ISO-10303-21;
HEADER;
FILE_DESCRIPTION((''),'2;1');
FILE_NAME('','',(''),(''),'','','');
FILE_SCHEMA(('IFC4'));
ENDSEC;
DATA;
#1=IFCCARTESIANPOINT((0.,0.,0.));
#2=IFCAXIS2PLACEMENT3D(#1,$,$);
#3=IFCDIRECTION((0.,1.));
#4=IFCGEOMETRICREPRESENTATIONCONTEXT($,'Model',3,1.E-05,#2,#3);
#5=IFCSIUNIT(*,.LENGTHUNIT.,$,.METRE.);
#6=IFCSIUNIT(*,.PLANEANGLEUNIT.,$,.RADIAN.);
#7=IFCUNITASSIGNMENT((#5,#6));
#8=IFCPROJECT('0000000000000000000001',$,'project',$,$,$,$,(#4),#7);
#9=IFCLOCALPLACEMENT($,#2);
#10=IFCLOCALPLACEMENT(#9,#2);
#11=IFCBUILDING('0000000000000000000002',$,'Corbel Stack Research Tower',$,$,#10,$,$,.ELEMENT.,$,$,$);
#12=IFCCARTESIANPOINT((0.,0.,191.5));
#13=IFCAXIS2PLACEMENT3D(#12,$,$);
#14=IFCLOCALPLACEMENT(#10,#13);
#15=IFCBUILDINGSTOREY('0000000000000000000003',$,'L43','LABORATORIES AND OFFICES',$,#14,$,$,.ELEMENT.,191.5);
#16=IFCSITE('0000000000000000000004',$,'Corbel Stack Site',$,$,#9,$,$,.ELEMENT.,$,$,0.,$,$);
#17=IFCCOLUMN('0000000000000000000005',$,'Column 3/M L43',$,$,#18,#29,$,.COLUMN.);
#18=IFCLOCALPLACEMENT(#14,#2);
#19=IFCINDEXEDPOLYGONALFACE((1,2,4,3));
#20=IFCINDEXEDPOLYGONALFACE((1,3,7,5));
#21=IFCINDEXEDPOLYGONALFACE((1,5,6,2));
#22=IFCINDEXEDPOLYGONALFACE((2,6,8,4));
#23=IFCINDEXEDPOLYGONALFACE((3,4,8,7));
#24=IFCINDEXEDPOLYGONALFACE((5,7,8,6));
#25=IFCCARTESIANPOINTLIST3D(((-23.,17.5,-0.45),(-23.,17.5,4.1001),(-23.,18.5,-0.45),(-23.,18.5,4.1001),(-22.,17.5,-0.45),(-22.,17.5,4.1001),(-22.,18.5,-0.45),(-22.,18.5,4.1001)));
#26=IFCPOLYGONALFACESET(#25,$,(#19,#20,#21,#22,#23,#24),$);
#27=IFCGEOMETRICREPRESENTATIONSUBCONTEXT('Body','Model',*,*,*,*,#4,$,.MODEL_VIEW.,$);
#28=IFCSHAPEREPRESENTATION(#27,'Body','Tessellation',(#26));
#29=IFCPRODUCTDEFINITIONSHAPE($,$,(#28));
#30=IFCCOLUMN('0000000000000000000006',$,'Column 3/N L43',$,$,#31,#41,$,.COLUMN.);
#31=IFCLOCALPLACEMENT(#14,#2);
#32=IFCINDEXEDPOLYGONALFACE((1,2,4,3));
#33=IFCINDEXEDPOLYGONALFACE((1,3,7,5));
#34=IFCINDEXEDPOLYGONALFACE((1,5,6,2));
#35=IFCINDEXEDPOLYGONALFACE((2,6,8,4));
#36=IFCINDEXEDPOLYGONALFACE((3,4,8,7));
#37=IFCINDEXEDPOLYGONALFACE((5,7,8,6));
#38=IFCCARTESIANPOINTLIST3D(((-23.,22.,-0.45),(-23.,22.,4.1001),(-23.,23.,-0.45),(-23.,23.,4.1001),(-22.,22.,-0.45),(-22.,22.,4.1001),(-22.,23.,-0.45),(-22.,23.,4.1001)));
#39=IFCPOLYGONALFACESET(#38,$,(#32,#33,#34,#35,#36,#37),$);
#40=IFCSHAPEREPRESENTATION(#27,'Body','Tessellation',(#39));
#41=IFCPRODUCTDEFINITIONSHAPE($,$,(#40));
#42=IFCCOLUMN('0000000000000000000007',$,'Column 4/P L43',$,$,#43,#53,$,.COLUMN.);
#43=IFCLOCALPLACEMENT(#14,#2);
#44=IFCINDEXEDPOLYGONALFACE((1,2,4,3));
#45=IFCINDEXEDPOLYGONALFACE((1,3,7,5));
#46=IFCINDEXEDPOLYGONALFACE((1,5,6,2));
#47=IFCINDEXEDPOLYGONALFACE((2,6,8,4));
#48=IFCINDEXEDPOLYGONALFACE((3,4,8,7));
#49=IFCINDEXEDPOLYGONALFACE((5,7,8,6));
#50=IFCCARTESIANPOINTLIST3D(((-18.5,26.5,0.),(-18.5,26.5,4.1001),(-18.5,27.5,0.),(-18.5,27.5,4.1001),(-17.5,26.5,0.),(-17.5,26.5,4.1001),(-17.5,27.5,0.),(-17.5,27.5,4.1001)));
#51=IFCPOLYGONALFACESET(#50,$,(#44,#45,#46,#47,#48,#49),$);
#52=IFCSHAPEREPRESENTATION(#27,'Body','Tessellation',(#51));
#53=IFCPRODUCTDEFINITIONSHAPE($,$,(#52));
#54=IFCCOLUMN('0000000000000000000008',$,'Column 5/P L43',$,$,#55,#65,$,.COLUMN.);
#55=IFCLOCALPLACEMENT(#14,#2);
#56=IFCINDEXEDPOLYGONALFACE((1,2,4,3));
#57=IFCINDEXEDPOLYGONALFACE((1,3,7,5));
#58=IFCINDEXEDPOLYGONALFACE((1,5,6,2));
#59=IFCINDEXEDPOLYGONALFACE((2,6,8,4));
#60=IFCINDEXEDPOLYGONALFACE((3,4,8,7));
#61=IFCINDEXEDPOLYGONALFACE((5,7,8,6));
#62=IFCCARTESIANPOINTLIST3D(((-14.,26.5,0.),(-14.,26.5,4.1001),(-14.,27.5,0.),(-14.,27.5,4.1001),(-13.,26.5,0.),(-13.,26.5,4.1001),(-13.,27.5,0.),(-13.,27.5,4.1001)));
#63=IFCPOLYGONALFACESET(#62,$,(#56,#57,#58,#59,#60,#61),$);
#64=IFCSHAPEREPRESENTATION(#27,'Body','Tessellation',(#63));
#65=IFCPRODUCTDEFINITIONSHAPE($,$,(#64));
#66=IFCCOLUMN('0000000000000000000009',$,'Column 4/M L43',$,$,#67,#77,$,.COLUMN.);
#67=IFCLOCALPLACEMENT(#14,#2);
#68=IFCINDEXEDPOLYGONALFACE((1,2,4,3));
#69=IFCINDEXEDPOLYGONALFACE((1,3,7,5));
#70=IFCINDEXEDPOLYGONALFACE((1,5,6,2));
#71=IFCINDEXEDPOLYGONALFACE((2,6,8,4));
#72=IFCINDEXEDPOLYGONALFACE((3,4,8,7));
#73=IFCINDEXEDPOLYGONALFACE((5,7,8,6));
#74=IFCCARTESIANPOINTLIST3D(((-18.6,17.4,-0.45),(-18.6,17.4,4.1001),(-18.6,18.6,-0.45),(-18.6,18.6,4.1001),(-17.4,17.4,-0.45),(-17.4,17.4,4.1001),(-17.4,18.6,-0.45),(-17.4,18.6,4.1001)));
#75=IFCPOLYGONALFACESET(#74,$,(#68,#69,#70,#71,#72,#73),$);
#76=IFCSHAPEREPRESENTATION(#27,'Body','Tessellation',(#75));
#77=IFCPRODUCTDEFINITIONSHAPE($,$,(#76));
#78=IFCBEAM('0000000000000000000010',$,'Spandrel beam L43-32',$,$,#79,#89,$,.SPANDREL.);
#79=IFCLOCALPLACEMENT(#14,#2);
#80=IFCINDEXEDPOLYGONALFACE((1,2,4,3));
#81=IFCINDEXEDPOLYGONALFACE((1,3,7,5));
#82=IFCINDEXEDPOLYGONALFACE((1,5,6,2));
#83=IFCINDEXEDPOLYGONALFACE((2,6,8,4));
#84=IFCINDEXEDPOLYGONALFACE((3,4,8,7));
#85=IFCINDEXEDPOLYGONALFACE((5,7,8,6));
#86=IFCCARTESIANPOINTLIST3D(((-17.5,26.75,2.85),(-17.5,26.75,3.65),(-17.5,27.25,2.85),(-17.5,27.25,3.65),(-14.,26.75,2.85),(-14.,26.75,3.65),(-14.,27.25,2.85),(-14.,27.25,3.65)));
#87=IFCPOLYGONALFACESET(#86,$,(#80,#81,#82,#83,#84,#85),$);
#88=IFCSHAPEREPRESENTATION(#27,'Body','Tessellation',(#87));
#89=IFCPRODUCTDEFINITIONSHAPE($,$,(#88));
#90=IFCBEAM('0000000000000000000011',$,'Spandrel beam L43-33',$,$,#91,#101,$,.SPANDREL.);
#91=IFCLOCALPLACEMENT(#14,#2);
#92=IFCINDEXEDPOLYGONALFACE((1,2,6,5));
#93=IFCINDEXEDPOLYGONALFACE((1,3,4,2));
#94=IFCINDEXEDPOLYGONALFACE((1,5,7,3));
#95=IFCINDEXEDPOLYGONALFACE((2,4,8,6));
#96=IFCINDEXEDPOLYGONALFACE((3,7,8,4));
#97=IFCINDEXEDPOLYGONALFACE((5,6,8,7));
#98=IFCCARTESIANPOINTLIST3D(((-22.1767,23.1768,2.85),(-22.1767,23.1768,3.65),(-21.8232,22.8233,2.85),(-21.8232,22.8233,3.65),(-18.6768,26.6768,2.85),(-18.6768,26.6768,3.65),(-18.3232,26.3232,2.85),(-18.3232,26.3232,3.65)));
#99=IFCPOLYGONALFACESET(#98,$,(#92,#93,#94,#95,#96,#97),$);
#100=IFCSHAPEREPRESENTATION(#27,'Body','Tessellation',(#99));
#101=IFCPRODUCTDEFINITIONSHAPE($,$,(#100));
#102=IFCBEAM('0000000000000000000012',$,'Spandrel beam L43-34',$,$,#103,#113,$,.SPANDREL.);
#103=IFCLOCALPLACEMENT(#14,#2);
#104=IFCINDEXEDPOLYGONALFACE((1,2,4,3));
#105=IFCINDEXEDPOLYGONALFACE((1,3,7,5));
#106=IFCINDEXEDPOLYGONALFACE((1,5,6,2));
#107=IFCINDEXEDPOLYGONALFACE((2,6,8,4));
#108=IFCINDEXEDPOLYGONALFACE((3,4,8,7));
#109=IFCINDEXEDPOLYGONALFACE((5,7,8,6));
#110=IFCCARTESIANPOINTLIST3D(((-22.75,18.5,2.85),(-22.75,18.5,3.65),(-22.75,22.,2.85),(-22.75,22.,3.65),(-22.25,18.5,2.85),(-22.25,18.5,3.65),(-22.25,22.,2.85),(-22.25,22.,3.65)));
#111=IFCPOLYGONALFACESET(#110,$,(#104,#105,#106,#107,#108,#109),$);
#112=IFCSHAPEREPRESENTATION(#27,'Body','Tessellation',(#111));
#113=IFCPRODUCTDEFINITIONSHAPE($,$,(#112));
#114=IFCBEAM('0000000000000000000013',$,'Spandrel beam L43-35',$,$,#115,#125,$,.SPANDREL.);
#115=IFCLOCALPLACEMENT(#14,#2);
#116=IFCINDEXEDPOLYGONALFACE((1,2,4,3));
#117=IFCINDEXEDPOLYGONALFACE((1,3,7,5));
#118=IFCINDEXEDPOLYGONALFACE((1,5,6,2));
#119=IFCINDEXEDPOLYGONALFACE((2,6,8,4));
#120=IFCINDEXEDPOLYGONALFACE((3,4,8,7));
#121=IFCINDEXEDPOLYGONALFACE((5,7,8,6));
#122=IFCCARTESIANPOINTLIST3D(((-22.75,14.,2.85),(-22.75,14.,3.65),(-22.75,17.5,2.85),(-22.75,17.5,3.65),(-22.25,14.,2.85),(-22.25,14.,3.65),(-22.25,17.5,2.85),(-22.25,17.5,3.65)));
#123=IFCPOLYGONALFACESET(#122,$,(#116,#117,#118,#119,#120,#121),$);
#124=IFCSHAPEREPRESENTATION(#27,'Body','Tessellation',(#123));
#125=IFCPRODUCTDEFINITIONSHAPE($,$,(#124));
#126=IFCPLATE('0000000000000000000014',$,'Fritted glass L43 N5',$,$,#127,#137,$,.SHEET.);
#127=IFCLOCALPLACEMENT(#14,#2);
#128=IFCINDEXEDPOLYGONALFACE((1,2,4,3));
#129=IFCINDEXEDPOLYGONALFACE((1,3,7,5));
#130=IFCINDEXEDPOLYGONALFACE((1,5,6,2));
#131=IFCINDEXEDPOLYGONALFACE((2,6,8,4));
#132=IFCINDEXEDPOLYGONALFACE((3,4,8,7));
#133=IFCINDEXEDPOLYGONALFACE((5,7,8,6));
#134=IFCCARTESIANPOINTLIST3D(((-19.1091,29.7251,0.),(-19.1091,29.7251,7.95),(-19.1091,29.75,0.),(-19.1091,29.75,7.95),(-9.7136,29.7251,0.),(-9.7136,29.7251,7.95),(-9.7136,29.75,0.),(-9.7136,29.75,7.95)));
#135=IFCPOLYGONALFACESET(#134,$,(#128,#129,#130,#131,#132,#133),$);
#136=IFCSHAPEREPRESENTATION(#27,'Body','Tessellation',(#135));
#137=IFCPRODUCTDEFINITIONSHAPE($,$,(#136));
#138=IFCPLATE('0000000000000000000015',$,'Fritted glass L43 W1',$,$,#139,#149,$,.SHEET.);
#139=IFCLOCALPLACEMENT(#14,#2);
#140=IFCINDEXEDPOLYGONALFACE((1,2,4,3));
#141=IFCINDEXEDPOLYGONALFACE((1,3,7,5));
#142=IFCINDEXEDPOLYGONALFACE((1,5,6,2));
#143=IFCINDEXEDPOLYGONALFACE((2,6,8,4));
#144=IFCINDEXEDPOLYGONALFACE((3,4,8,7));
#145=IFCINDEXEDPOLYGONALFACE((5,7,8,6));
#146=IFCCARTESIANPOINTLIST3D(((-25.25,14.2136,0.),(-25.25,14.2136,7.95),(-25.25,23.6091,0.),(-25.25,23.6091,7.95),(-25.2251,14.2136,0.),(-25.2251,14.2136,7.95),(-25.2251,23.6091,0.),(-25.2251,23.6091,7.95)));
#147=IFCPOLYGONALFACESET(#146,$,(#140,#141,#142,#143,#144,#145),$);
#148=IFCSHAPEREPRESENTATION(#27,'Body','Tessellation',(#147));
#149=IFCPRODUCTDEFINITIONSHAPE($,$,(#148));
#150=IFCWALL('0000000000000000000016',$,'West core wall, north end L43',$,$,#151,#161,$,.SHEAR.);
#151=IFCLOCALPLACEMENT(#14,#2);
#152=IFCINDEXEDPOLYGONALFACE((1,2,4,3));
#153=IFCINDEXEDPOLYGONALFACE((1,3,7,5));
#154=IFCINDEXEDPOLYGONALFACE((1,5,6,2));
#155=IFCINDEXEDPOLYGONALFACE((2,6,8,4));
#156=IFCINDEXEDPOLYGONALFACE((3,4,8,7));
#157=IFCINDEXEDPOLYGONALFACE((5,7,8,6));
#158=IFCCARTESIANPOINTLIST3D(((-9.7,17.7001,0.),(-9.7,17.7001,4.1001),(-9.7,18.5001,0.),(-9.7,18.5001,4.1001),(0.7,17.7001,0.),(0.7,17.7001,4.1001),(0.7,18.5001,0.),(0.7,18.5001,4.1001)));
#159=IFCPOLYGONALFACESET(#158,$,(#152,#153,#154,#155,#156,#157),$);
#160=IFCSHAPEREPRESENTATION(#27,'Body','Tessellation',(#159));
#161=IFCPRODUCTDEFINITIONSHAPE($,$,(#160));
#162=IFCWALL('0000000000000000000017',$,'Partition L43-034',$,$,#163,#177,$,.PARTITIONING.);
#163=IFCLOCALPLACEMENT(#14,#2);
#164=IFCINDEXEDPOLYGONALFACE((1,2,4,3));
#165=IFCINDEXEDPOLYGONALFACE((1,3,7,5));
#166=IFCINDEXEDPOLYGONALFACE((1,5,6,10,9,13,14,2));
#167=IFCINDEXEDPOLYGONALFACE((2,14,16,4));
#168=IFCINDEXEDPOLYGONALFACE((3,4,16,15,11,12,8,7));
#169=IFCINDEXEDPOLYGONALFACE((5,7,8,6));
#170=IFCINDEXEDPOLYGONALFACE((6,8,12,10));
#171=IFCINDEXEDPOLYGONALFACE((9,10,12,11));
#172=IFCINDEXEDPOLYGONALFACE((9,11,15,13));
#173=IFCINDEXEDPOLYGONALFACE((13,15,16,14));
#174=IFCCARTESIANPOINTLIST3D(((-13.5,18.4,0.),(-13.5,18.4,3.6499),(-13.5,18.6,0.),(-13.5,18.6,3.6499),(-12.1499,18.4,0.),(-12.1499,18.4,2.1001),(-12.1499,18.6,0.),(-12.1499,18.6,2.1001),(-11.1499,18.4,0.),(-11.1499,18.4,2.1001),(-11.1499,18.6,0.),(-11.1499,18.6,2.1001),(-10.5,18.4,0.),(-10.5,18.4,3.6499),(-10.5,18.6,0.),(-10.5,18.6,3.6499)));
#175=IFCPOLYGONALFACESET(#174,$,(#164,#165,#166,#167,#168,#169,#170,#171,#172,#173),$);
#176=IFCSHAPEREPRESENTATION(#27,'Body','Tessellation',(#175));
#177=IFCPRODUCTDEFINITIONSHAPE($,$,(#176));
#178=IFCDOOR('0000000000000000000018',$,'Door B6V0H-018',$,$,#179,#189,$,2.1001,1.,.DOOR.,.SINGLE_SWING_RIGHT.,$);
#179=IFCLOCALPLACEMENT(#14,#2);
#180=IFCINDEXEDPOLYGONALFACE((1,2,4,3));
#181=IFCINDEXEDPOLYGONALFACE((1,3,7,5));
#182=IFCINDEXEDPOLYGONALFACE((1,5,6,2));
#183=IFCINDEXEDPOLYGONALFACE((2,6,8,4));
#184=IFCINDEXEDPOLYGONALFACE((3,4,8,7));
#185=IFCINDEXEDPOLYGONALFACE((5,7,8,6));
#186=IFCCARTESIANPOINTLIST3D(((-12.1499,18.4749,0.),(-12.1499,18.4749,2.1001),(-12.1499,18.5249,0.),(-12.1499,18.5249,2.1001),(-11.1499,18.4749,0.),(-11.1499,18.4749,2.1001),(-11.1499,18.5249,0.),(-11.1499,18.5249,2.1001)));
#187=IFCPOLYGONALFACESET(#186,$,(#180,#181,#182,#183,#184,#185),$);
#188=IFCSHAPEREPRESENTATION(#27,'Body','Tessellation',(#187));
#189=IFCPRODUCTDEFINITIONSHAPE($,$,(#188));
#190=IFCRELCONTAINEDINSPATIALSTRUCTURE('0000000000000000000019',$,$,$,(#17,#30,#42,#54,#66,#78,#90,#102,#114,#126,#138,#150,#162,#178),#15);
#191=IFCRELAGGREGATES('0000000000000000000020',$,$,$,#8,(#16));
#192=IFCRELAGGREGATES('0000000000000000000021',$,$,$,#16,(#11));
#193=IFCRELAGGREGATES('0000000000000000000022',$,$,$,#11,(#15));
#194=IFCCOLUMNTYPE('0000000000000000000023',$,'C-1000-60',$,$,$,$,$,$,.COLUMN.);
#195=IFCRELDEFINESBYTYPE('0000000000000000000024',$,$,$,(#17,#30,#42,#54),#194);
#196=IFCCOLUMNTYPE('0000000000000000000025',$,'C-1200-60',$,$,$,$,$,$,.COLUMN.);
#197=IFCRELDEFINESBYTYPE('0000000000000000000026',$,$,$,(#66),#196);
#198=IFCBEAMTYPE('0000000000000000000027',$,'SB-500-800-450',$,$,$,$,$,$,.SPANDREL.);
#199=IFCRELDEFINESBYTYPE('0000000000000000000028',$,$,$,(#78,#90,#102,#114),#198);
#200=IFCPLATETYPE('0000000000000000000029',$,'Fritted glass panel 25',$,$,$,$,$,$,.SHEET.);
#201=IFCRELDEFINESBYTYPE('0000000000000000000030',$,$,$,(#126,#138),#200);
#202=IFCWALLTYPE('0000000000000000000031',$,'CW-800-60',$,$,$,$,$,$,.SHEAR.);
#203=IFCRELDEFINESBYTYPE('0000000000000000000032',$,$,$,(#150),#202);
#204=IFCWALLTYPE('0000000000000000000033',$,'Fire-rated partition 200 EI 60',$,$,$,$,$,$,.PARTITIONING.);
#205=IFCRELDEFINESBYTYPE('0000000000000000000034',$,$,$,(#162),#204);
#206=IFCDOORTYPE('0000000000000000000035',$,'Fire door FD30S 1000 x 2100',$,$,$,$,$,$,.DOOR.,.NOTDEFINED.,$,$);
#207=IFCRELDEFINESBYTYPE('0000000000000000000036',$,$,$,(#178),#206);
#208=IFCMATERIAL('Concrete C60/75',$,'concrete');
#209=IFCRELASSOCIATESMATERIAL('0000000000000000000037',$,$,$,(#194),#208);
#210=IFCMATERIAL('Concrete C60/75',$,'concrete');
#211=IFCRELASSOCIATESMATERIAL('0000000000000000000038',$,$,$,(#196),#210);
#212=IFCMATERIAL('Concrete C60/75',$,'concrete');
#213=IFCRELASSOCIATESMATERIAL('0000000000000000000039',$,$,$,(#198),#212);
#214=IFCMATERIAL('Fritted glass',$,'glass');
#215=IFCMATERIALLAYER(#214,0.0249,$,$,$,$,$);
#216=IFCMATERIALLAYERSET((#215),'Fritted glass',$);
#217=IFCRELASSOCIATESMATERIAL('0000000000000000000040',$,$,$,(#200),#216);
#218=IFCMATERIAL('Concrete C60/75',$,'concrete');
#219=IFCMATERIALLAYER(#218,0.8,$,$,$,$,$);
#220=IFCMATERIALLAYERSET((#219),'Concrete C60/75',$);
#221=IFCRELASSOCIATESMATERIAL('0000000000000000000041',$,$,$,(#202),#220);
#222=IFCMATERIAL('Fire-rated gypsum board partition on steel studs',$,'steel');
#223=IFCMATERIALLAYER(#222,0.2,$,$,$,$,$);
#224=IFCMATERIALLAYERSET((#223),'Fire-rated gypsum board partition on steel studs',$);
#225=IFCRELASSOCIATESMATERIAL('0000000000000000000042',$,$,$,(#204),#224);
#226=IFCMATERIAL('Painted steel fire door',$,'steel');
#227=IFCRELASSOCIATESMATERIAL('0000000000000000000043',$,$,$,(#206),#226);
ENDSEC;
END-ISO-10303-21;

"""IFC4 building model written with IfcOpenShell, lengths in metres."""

from ifc_helpers import new_model, si_unit, direction, frame, frame_2d, origin, origin_2d, place, context, subcontext, project, spatial, rectangle, extrude, material, layer, layer_set, material_profile, profile_set, type_object, element, fill, save


model = new_model("IFC4")

# Units and contexts
model_context = context("Model", 3, precision=1e-05, world=origin(), true_north=direction((0.0, 1.0)))
body_context = subcontext(model_context, "Body", "Model", "MODEL_VIEW")
ifc_project = project(units=[si_unit("LENGTHUNIT", "METRE"), si_unit("PLANEANGLEUNIT", "RADIAN")], contexts=[model_context])

# Site, building, storey
site_placement = place(None, origin())
site = spatial("IfcSite", under=ifc_project, at=site_placement, Name="Corbel Stack Site", CompositionType="ELEMENT", RefElevation=0.0)
building_placement = place(site_placement, origin())
building = spatial("IfcBuilding", under=site, at=building_placement, Name="Corbel Stack Research Tower", CompositionType="ELEMENT")
storey_placement = place(building_placement, frame((0.0, 0.0, 191.5)))
storey = spatial("IfcBuildingStorey", under=building, at=storey_placement, Name="L43", Description="LABORATORIES AND OFFICES", CompositionType="ELEMENT", Elevation=191.5)

# Columns
ifc_material_1 = material(Name="Concrete C60/75", Category="concrete")
ifc_material_profile_1 = material_profile(ifc_material_1, rectangle(XDim=1.0, YDim=1.0, at=origin_2d()), Name="RC 1000 x 1000")
ifc_profile_set_1 = profile_set([ifc_material_profile_1], Name="Concrete C60/75")
column_type_1 = type_object("IfcColumnType", Name="C-1000-60", PredefinedType="COLUMN", material=ifc_profile_set_1)
for number, where, z_axis, x_axis, name in (
    (1, (-22.5, 18.0, -0.45), (0.0, 0.0, 1.0), (1.0, 0.0, 0.0), "Column 3/M L43"),
    (2, (-22.5, 22.5, -0.45), (0.0, 0.0, 1.0), (1.0, 0.0, 0.0), "Column 3/N L43"),
):
    element("IfcColumn", number, at=place(storey_placement, frame(where, z_axis=z_axis, x_axis=x_axis)), inside=storey, type_object=column_type_1, Name=name, PredefinedType="COLUMN", context=body_context, shape_type="SweptSolid", body=[
        extrude(rectangle(XDim=1.0, YDim=1.0, at=origin_2d()), origin(), (0.0, 0.0, 1.0), 4.55),
    ])
for number, where, z_axis, x_axis, name in (
    (3, (-18.0, 27.0, 0.0), (0.0, 0.0, 1.0), (1.0, 0.0, 0.0), "Column 4/P L43"),
    (4, (-13.5, 27.0, 0.0), (0.0, 0.0, 1.0), (1.0, 0.0, 0.0), "Column 5/P L43"),
):
    element("IfcColumn", number, at=place(storey_placement, frame(where, z_axis=z_axis, x_axis=x_axis)), inside=storey, type_object=column_type_1, Name=name, PredefinedType="COLUMN", context=body_context, shape_type="SweptSolid", body=[
        extrude(rectangle(XDim=1.0, YDim=1.0, at=origin_2d()), origin(), (0.0, 0.0, 1.0), 4.1001),
    ])
ifc_material_2 = material(Name="Concrete C60/75", Category="concrete")
ifc_material_profile_2 = material_profile(ifc_material_2, rectangle(XDim=1.2, YDim=1.2, at=origin_2d()), Name="RC 1200 x 1200")
ifc_profile_set_2 = profile_set([ifc_material_profile_2], Name="Concrete C60/75")
column_type_2 = type_object("IfcColumnType", Name="C-1200-60", PredefinedType="COLUMN", material=ifc_profile_set_2)
column_placement = place(storey_placement, frame((-18.0, 18.0, -0.45), z_axis=(0.0, 0.0, 1.0), x_axis=(1.0, 0.0, 0.0)))
element("IfcColumn", 5, at=column_placement, inside=storey, type_object=column_type_2, Name="Column 4/M L43", PredefinedType="COLUMN", context=body_context, shape_type="SweptSolid", body=[
    extrude(rectangle(XDim=1.2, YDim=1.2, at=origin_2d()), origin(), (0.0, 0.0, 1.0), 4.55),
])

# Beams
ifc_material_3 = material(Name="Concrete C60/75", Category="concrete")
ifc_material_profile_3 = material_profile(ifc_material_3, rectangle(XDim=0.5, YDim=0.8, at=origin_2d()), Name="RC 500 x 800")
ifc_profile_set_3 = profile_set([ifc_material_profile_3], Name="Concrete C60/75")
beam_type = type_object("IfcBeamType", Name="SB-500-800-450", PredefinedType="SPANDREL", material=ifc_profile_set_3)
beam_1_placement = place(storey_placement, frame((-14.0, 27.0, 3.25), z_axis=(-1.0, 0.0, 0.0), x_axis=(0.0, -1.0, 0.0)))
element("IfcBeam", 6, at=beam_1_placement, inside=storey, type_object=beam_type, Name="Spandrel beam L43-32", PredefinedType="SPANDREL", context=body_context, shape_type="SweptSolid", body=[
    extrude(rectangle(XDim=0.5, YDim=0.8, at=origin_2d()), origin(), (0.0, 0.0, 1.0), 3.5),
])
beam_2_placement = place(storey_placement, frame((-18.5, 26.5, 3.25), z_axis=(-0.707107, -0.707107, 0.0), x_axis=(0.707107, -0.707107, 0.0)))
element("IfcBeam", 7, at=beam_2_placement, inside=storey, type_object=beam_type, Name="Spandrel beam L43-33", PredefinedType="SPANDREL", context=body_context, shape_type="SweptSolid", body=[
    extrude(rectangle(XDim=0.5, YDim=0.8, at=origin_2d()), origin(), (0.0, 0.0, 1.0), 4.9497),
])
for number, where, z_axis, x_axis, name in (
    (8, (-22.5, 22.0, 3.25), (0.0, -1.0, 0.0), (1.0, 0.0, 0.0), "Spandrel beam L43-34"),
    (9, (-22.5, 17.5, 3.25), (0.0, -1.0, 0.0), (1.0, 0.0, 0.0), "Spandrel beam L43-35"),
):
    element("IfcBeam", number, at=place(storey_placement, frame(where, z_axis=z_axis, x_axis=x_axis)), inside=storey, type_object=beam_type, Name=name, PredefinedType="SPANDREL", context=body_context, shape_type="SweptSolid", body=[
        extrude(rectangle(XDim=0.5, YDim=0.8, at=origin_2d()), origin(), (0.0, 0.0, 1.0), 3.5),
    ])

# Plates
ifc_material_4 = material(Name="Fritted glass", Category="glass")
ifc_layer_1 = layer(ifc_material_4, 0.0249)
ifc_layer_set_1 = layer_set([ifc_layer_1], Name="Fritted glass")
plate_type = type_object("IfcPlateType", Name="Fritted glass panel 25", PredefinedType="SHEET", material=ifc_layer_set_1)
for number, where, z_axis, x_axis, name in (
    (10, (-14.4114, 29.7375, 0.0), (0.0, 0.0, 1.0), (-1.0, 0.0, 0.0), "Fritted glass L43 N5"),
    (11, (-25.2375, 18.9114, 0.0), (0.0, 0.0, 1.0), (0.0, -1.0, 0.0), "Fritted glass L43 W1"),
):
    element("IfcPlate", number, at=place(storey_placement, frame(where, z_axis=z_axis, x_axis=x_axis)), inside=storey, type_object=plate_type, Name=name, PredefinedType="SHEET", context=body_context, shape_type="SweptSolid", body=[
        extrude(rectangle(XDim=9.3955, YDim=0.0249, at=origin_2d()), origin(), (0.0, 0.0, 1.0), 7.95),
    ])

# Wall
ifc_material_5 = material(Name="Concrete C60/75", Category="concrete")
ifc_layer_2 = layer(ifc_material_5, 0.8)
ifc_layer_set_2 = layer_set([ifc_layer_2], Name="Concrete C60/75")
wall_type_1 = type_object("IfcWallType", Name="CW-800-60", PredefinedType="SHEAR", material=ifc_layer_set_2)
wall_1_placement = place(storey_placement, frame((-9.7, 18.1001, 0.0), z_axis=(0.0, 0.0, 1.0), x_axis=(1.0, 0.0, 0.0)))
element("IfcWall", 12, at=wall_1_placement, inside=storey, type_object=wall_type_1, Name="West core wall, north end L43", PredefinedType="SHEAR", context=body_context, shape_type="SweptSolid", body=[
    extrude(rectangle(XDim=10.3999, YDim=0.8, at=frame_2d((5.2, 0.0))), origin(), (0.0, 0.0, 1.0), 4.1001),
])

# Wall, opening, door
ifc_material_6 = material(Name="Fire-rated gypsum board partition on steel studs", Category="steel")
ifc_layer_3 = layer(ifc_material_6, 0.2)
ifc_layer_set_3 = layer_set([ifc_layer_3], Name="Fire-rated gypsum board partition on steel studs")
wall_type_2 = type_object("IfcWallType", Name="Fire-rated partition 200 EI 60", PredefinedType="PARTITIONING", material=ifc_layer_set_3)
wall_2_placement = place(storey_placement, frame((-13.5, 18.5, 0.0), z_axis=(0.0, 0.0, 1.0), x_axis=(1.0, 0.0, 0.0)))
wall_2 = element("IfcWall", 13, at=wall_2_placement, inside=storey, type_object=wall_type_2, Name="Partition L43-034", PredefinedType="PARTITIONING", context=body_context, shape_type="SweptSolid", body=[
    extrude(rectangle(XDim=3.0, YDim=0.2, at=frame_2d((1.5, 0.0))), origin(), (0.0, 0.0, 1.0), 3.6499),
])
opening_1_placement = place(wall_2_placement, frame((1.3501, 0.0, 0.0)))
opening_1 = element("IfcOpeningElement", 14, at=opening_1_placement, cuts=wall_2, PredefinedType="OPENING", context=body_context, shape_type="SweptSolid", body=[
    extrude(rectangle(XDim=1.0, YDim=2.1001, at=frame_2d((0.5, 1.05))), frame((0.0, 0.1099, 0.0), z_axis=(0.0, -1.0, 0.0), x_axis=(1.0, 0.0, 0.0)), (0.0, 0.0, 1.0), 0.22),
])
ifc_material_7 = material(Name="Painted steel fire door", Category="steel")
door_type_1 = type_object("IfcDoorType", Name="Fire door FD30S 1000 x 2100", OperationType="NOTDEFINED", PredefinedType="DOOR", material=ifc_material_7)
door_1_placement = place(opening_1_placement, origin())
door_1 = element("IfcDoor", 15, at=door_1_placement, inside=storey, type_object=door_type_1, Name="Door B6V0H-018", OperationType="SINGLE_SWING_RIGHT", OverallHeight=2.1001, OverallWidth=1.0, PredefinedType="DOOR", context=body_context, shape_type="SweptSolid", body=[
    extrude(rectangle(XDim=1.0, YDim=2.1001, at=frame_2d((0.5, 1.05))), frame((0.0, 0.0249, 0.0), z_axis=(0.0, -1.0, 0.0), x_axis=(1.0, 0.0, 0.0)), (0.0, 0.0, 1.0), 0.05),
])
fill(opening_1, door_1)

save(model, "model.ifc")
